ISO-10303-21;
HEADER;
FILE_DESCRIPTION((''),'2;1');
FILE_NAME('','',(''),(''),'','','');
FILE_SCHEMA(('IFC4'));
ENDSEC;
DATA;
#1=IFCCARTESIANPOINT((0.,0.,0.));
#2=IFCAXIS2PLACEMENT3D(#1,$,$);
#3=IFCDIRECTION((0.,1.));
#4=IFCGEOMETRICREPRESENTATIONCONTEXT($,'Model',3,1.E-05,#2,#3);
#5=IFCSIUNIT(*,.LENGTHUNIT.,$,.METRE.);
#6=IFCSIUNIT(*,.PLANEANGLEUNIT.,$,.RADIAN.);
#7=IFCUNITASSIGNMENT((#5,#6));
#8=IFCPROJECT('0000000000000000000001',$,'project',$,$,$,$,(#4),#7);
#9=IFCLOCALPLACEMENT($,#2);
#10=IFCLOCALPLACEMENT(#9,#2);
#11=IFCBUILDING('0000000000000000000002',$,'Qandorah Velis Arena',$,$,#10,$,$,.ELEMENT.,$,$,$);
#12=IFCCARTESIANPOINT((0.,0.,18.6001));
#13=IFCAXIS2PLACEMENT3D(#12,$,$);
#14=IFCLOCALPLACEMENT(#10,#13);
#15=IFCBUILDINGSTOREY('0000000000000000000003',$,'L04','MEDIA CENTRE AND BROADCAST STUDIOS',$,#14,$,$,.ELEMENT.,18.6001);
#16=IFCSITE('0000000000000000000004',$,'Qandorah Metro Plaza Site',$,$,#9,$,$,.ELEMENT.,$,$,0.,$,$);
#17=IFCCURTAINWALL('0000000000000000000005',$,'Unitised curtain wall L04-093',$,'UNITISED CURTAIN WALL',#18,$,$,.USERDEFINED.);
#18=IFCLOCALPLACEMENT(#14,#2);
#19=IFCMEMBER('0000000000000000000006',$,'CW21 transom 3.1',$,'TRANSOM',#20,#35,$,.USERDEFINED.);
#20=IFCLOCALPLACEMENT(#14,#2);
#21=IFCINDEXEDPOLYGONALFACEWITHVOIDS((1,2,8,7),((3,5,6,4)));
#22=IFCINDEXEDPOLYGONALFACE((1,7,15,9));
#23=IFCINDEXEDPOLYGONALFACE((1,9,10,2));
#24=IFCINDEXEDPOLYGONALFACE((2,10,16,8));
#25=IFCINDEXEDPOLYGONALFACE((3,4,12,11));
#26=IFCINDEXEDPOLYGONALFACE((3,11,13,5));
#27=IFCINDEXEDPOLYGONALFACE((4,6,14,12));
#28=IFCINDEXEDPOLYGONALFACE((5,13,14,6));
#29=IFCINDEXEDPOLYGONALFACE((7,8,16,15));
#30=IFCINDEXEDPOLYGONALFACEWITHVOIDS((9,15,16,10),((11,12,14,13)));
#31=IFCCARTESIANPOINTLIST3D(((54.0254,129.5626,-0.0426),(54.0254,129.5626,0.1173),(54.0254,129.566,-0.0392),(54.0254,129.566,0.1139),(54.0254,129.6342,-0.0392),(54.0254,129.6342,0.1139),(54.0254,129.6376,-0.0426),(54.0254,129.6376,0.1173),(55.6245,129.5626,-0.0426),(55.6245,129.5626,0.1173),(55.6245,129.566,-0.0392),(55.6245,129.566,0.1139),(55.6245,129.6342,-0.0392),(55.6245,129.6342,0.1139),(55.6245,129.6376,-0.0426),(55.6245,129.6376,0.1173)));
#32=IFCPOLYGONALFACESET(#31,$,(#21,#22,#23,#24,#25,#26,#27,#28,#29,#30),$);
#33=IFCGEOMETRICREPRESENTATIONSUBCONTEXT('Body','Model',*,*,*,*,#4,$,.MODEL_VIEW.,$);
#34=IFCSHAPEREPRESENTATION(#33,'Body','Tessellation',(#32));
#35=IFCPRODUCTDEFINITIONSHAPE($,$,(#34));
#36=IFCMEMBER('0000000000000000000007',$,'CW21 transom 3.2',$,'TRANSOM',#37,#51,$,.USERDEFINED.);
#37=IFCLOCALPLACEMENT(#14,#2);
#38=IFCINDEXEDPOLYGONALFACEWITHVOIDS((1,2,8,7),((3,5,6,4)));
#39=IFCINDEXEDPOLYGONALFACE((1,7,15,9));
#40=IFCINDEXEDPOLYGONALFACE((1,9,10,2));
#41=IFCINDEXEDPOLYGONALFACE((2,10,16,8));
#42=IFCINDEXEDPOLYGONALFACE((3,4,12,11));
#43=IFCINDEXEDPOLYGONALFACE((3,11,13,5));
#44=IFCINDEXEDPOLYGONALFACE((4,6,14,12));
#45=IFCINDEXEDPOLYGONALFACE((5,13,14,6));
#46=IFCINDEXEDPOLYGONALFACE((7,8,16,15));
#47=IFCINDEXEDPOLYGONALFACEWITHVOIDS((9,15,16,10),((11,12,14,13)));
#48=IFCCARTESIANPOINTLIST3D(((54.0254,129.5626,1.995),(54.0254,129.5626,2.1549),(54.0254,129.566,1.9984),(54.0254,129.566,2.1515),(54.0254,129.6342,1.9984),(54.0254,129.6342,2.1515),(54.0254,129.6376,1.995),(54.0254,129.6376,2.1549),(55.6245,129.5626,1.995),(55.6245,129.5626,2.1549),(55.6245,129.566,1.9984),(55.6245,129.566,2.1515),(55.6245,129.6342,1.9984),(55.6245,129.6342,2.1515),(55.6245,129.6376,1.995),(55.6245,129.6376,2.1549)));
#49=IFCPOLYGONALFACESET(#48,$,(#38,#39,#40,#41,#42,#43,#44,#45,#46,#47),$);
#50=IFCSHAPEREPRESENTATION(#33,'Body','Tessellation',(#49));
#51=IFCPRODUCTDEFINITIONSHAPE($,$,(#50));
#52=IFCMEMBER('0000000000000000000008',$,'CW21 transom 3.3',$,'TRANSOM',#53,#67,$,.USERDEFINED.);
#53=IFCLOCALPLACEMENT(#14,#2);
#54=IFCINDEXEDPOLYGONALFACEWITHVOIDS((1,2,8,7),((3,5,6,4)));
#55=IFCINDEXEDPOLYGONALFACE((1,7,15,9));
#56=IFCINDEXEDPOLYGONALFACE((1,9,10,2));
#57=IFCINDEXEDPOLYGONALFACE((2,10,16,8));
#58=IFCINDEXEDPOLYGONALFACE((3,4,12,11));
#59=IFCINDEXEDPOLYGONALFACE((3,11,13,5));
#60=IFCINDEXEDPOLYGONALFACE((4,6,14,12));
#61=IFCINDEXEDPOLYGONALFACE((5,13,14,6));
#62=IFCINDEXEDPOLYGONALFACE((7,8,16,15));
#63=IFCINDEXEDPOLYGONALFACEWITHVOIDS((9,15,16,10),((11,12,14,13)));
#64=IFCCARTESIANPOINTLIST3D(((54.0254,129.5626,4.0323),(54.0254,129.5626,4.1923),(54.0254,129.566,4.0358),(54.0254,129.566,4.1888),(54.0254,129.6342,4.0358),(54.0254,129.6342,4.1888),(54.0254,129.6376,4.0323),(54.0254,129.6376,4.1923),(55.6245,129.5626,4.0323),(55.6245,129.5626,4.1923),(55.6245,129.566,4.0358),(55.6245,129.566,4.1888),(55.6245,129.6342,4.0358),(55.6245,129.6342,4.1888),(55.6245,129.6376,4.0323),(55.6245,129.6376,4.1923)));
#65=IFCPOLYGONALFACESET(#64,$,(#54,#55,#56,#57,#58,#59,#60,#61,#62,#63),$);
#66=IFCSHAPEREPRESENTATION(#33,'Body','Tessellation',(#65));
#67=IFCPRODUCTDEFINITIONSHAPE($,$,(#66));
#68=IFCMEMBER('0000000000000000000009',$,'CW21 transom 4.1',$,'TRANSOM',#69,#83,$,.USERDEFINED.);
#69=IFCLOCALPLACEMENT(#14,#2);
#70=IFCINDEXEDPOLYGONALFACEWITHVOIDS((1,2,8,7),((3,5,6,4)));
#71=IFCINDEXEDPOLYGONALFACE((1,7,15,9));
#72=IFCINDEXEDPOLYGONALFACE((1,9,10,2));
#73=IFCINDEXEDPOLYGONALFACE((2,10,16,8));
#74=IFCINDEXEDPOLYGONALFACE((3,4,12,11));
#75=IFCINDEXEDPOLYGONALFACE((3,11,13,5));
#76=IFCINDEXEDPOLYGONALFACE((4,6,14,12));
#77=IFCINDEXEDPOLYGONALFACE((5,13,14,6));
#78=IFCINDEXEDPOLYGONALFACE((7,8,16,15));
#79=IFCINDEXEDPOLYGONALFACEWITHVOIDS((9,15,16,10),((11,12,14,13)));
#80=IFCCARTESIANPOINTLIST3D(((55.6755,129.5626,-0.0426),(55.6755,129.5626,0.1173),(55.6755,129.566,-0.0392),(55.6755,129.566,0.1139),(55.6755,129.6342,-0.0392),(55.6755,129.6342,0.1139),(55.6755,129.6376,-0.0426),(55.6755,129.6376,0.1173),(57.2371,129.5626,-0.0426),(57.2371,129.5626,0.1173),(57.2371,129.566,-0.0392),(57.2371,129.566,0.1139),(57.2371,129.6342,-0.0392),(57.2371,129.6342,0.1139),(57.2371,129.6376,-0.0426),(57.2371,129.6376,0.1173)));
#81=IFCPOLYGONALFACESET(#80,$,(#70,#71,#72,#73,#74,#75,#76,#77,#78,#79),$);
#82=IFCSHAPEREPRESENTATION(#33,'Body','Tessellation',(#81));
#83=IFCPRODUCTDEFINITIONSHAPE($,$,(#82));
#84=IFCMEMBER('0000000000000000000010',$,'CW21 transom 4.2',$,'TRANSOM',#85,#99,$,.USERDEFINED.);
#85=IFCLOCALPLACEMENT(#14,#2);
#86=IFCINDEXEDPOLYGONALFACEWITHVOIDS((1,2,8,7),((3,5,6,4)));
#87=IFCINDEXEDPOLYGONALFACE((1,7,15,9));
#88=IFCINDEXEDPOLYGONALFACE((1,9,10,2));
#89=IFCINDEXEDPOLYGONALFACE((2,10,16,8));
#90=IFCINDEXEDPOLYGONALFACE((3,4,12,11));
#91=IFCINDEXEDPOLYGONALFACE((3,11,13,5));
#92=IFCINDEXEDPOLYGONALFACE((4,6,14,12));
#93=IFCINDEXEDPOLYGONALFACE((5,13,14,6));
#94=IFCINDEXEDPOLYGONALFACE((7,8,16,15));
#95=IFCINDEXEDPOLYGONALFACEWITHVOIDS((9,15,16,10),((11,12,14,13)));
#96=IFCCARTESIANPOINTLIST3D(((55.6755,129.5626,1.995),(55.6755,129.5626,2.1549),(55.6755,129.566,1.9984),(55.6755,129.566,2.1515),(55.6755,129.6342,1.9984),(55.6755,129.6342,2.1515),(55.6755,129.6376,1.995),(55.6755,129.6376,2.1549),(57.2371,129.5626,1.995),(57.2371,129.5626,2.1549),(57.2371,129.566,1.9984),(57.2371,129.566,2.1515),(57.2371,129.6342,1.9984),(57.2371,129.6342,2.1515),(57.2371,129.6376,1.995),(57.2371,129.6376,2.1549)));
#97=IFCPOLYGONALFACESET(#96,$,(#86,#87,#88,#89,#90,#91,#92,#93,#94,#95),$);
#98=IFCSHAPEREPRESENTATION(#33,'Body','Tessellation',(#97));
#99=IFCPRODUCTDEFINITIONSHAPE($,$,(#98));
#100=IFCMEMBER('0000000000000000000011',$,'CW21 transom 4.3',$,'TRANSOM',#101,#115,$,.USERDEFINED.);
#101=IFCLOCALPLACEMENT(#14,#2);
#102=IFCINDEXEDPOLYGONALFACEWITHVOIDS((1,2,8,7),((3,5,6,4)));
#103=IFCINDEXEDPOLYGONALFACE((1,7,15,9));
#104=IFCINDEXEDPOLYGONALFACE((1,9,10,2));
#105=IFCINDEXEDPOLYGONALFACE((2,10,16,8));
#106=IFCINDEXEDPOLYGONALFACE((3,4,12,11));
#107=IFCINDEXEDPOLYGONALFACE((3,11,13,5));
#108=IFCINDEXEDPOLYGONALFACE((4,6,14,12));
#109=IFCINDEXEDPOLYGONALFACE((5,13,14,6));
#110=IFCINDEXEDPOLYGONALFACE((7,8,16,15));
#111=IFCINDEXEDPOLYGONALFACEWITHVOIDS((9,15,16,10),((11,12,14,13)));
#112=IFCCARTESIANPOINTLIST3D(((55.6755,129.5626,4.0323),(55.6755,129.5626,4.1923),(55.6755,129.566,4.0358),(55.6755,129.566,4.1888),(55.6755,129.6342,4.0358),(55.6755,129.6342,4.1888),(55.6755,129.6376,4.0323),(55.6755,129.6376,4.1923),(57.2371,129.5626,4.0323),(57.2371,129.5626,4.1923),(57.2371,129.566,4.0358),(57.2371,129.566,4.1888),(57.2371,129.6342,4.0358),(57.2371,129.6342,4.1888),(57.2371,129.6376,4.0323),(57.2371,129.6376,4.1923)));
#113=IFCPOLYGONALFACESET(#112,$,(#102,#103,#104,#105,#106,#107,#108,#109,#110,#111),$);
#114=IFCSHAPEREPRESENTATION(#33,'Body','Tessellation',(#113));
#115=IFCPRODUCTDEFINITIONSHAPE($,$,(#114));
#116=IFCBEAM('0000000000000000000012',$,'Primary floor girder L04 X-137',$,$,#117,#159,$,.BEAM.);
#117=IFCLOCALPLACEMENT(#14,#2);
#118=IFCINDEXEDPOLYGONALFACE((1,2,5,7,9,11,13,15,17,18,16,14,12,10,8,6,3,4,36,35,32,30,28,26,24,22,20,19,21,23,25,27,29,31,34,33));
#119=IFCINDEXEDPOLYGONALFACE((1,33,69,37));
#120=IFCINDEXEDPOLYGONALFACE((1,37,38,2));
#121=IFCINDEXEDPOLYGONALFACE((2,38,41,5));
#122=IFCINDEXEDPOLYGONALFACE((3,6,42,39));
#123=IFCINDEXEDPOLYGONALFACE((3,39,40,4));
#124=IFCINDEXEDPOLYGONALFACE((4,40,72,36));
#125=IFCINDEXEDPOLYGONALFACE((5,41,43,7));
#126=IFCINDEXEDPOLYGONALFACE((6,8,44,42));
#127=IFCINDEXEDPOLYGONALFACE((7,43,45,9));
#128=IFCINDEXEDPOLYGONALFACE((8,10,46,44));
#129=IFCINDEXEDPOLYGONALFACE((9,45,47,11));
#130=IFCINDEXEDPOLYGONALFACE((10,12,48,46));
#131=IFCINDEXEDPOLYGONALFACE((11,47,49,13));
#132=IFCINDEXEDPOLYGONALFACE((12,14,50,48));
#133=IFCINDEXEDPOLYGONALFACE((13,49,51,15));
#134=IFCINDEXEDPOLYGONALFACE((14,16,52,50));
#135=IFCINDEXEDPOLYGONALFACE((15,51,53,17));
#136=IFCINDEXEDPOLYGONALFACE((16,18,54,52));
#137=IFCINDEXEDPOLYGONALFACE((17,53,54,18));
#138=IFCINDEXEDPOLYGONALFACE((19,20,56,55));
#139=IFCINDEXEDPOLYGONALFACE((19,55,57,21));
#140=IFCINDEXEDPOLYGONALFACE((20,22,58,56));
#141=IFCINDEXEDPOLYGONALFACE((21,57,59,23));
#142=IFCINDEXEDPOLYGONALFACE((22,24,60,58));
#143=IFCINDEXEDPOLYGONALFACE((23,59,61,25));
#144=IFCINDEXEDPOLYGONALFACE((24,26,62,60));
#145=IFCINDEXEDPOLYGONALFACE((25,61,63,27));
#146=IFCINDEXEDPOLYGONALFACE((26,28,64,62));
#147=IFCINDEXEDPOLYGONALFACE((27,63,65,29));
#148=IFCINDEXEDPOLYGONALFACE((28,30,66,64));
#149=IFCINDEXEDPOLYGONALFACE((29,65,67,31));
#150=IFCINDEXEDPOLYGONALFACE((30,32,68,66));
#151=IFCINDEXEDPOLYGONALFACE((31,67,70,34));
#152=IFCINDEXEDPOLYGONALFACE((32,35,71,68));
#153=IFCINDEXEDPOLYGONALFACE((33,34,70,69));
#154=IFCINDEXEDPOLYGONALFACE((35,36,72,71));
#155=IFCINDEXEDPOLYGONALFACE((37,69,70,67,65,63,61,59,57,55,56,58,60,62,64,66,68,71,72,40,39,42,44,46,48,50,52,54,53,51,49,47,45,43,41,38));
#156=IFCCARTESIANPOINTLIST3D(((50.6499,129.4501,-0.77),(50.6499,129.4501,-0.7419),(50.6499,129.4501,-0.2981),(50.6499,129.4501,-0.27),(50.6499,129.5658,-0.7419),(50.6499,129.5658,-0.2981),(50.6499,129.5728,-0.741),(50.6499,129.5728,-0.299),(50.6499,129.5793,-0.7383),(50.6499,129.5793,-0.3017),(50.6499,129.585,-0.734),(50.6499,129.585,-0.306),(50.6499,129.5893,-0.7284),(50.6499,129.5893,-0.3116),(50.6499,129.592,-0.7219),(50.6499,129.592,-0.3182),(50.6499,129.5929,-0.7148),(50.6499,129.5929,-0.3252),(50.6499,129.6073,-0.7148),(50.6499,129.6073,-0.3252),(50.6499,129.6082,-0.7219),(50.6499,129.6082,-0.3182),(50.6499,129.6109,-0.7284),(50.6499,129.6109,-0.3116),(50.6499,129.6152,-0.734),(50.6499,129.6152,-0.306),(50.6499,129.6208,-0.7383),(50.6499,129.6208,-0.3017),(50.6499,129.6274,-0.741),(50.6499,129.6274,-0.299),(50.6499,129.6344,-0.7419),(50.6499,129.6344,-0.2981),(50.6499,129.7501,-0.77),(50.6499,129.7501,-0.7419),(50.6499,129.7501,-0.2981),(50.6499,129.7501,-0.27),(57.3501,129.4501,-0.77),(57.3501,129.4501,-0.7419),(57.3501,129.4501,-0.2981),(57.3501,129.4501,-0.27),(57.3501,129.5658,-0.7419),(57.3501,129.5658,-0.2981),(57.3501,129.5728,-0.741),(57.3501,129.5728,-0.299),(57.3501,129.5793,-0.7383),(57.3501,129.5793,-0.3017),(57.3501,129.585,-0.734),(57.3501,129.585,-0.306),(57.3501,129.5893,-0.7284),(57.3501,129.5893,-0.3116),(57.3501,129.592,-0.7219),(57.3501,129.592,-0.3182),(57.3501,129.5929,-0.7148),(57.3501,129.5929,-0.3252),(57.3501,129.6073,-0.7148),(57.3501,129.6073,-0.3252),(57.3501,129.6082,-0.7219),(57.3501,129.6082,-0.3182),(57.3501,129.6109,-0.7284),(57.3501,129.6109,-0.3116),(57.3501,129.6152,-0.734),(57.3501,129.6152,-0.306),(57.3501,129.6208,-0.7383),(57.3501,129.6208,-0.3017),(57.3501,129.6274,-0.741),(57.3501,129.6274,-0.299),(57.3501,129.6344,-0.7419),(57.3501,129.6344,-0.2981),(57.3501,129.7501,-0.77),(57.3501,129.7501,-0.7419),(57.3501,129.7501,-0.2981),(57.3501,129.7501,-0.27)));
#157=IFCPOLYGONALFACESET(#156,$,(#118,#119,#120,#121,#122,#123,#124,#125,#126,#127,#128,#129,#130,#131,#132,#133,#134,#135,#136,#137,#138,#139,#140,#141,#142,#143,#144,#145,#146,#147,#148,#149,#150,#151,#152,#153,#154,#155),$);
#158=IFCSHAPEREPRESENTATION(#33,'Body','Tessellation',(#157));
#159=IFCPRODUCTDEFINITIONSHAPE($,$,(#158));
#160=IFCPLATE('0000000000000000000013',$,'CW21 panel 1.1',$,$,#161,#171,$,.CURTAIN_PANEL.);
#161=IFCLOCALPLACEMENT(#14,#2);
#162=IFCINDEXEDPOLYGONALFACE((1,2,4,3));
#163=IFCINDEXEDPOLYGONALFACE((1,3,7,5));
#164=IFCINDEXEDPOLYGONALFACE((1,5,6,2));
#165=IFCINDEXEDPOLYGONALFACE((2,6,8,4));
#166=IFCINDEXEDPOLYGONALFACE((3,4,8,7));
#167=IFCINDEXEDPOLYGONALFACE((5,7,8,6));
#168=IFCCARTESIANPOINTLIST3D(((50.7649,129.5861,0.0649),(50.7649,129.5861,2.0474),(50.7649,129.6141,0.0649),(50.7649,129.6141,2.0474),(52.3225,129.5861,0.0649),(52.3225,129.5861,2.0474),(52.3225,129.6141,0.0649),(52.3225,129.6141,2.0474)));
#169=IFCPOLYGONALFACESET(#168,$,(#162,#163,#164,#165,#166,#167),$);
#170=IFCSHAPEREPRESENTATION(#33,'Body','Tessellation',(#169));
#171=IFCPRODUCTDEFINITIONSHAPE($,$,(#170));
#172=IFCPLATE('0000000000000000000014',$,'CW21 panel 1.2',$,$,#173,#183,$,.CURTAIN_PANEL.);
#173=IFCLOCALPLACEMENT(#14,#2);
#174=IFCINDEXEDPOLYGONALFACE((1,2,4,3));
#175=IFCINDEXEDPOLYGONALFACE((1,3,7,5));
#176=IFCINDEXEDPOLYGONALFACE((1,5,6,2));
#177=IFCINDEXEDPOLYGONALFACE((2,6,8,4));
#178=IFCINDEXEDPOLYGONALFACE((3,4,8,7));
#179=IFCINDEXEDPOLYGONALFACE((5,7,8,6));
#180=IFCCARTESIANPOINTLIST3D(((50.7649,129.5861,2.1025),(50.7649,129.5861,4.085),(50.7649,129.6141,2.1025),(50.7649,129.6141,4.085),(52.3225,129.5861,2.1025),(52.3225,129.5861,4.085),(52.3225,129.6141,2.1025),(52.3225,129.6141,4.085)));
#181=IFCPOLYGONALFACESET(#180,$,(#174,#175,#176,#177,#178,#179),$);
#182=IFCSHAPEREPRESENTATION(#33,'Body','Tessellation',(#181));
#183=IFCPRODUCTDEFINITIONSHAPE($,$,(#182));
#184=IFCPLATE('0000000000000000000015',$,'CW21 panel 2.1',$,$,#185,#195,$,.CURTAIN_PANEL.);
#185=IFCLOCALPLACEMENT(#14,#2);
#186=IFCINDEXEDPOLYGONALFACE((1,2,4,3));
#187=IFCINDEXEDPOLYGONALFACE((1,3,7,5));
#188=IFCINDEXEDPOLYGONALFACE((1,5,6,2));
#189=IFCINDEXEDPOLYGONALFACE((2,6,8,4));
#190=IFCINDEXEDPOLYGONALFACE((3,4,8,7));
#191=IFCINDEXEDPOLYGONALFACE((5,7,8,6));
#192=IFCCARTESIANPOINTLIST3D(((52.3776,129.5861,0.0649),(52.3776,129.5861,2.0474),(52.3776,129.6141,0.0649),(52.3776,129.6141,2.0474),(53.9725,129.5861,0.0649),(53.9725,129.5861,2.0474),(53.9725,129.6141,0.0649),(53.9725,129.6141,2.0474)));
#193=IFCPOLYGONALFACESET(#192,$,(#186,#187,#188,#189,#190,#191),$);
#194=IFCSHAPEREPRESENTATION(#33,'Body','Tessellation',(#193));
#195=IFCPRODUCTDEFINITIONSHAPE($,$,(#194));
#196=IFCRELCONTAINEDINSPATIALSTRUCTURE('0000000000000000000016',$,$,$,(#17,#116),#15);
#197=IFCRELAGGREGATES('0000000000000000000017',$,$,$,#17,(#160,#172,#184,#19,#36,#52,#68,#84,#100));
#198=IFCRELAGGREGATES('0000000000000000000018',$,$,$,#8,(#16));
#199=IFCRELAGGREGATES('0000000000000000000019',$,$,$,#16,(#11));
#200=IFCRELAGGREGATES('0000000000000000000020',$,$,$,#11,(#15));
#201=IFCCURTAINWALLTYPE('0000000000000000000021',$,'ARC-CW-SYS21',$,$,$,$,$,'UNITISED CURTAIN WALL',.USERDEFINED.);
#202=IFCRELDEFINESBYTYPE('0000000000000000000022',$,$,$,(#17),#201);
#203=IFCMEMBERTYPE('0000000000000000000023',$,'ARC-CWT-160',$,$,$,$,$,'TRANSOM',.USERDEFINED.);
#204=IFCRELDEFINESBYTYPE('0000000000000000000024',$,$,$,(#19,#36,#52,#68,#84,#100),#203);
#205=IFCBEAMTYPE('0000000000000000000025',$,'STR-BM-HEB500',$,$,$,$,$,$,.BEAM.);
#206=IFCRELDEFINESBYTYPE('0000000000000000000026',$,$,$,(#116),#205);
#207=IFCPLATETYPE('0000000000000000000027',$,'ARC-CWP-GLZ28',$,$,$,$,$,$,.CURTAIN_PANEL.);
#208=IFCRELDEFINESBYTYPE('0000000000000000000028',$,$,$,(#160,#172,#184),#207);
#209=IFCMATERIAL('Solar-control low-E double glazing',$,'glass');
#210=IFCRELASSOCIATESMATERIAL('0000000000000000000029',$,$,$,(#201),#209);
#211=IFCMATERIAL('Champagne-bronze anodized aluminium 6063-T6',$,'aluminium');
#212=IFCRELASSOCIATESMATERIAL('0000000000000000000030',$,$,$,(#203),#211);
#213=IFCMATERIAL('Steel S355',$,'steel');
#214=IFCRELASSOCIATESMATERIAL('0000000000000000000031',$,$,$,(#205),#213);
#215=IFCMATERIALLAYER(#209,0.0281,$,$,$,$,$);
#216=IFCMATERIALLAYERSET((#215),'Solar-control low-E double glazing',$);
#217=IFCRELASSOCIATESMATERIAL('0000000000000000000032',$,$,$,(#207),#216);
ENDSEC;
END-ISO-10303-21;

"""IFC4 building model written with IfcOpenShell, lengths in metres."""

from ifc_helpers import new_model, si_unit, direction, frame, origin, origin_2d, place, context, subcontext, project, spatial, rectangle, hollow_rectangle, i_section, extrude, material, layer, layer_set, material_profile, profile_set, type_object, element, aggregate, save


model = new_model("IFC4")

# Units and contexts
model_context = context("Model", 3, precision=1e-05, world=origin(), true_north=direction((0.0, 1.0)))
body_context = subcontext(model_context, "Body", "Model", "MODEL_VIEW")
ifc_project = project(units=[si_unit("LENGTHUNIT", "METRE"), si_unit("PLANEANGLEUNIT", "RADIAN")], contexts=[model_context])

# Site, building, storey
site_placement = place(None, origin())
site = spatial("IfcSite", under=ifc_project, at=site_placement, Name="Qandorah Metro Plaza Site", CompositionType="ELEMENT", RefElevation=0.0)
building_placement = place(site_placement, origin())
building = spatial("IfcBuilding", under=site, at=building_placement, Name="Qandorah Velis Arena", CompositionType="ELEMENT")
storey_placement = place(building_placement, frame((0.0, 0.0, 18.6001)))
storey = spatial("IfcBuildingStorey", under=building, at=storey_placement, Name="L04", Description="MEDIA CENTRE AND BROADCAST STUDIOS", CompositionType="ELEMENT", Elevation=18.6001)

# Curtain wall, members
ifc_material_1 = material(Name="Solar-control low-E double glazing", Category="glass")
curtain_wall_type = type_object("IfcCurtainWallType", Name="ARC-CW-SYS21", ElementType="UNITISED CURTAIN WALL", PredefinedType="USERDEFINED", material=ifc_material_1)
curtain_wall_placement = place(storey_placement, origin())
curtain_wall = element("IfcCurtainWall", 1, at=curtain_wall_placement, inside=storey, type_object=curtain_wall_type, Name="Unitised curtain wall L04-093", ObjectType="UNITISED CURTAIN WALL", PredefinedType="USERDEFINED")
ifc_material_2 = material(Name="Champagne-bronze anodized aluminium 6063-T6", Category="aluminium")
ifc_material_profile_1 = material_profile(ifc_material_2, hollow_rectangle(XDim=0.075, YDim=0.1599, WallThickness=0.0034, at=origin_2d()), Name="ALU TRANSOM 75x160")
ifc_profile_set_1 = profile_set([ifc_material_profile_1], Name="Champagne-bronze anodized aluminium 6063-T6")
member_type_1 = type_object("IfcMemberType", Name="ARC-CWT-160", ElementType="TRANSOM", PredefinedType="USERDEFINED", material=ifc_profile_set_1)
member_1_placement = place(storey_placement, frame((54.0254, 129.6001, 0.0374), z_axis=(1.0, 0.0, 0.0), x_axis=(0.0, 1.0, 0.0)))
member_1 = element("IfcMember", 2, at=member_1_placement, type_object=member_type_1, Name="CW21 transom 3.1", ObjectType="TRANSOM", PredefinedType="USERDEFINED", context=body_context, shape_type="SweptSolid", body=[
    extrude(hollow_rectangle(XDim=0.075, YDim=0.1599, WallThickness=0.0034, at=origin_2d()), origin(), (0.0, 0.0, 1.0), 1.5991),
])
member_2_placement = place(storey_placement, frame((54.0254, 129.6001, 2.075), z_axis=(1.0, 0.0, 0.0), x_axis=(0.0, 1.0, 0.0)))
member_2 = element("IfcMember", 3, at=member_2_placement, type_object=member_type_1, Name="CW21 transom 3.2", ObjectType="TRANSOM", PredefinedType="USERDEFINED", context=body_context, shape_type="SweptSolid", body=[
    extrude(hollow_rectangle(XDim=0.075, YDim=0.1599, WallThickness=0.0034, at=origin_2d()), origin(), (0.0, 0.0, 1.0), 1.5991),
])
member_3_placement = place(storey_placement, frame((54.0254, 129.6001, 4.1123), z_axis=(1.0, 0.0, 0.0), x_axis=(0.0, 1.0, 0.0)))
member_3 = element("IfcMember", 4, at=member_3_placement, type_object=member_type_1, Name="CW21 transom 3.3", ObjectType="TRANSOM", PredefinedType="USERDEFINED", context=body_context, shape_type="SweptSolid", body=[
    extrude(hollow_rectangle(XDim=0.075, YDim=0.1599, WallThickness=0.0034, at=origin_2d()), origin(), (0.0, 0.0, 1.0), 1.5991),
])
member_4_placement = place(storey_placement, frame((55.6755, 129.6001, 0.0374), z_axis=(1.0, 0.0, 0.0), x_axis=(0.0, 1.0, 0.0)))
member_4 = element("IfcMember", 5, at=member_4_placement, type_object=member_type_1, Name="CW21 transom 4.1", ObjectType="TRANSOM", PredefinedType="USERDEFINED", context=body_context, shape_type="SweptSolid", body=[
    extrude(hollow_rectangle(XDim=0.075, YDim=0.1599, WallThickness=0.0034, at=origin_2d()), origin(), (0.0, 0.0, 1.0), 1.5615),
])
member_5_placement = place(storey_placement, frame((55.6755, 129.6001, 2.075), z_axis=(1.0, 0.0, 0.0), x_axis=(0.0, 1.0, 0.0)))
member_5 = element("IfcMember", 6, at=member_5_placement, type_object=member_type_1, Name="CW21 transom 4.2", ObjectType="TRANSOM", PredefinedType="USERDEFINED", context=body_context, shape_type="SweptSolid", body=[
    extrude(hollow_rectangle(XDim=0.075, YDim=0.1599, WallThickness=0.0034, at=origin_2d()), origin(), (0.0, 0.0, 1.0), 1.5615),
])
member_6_placement = place(storey_placement, frame((55.6755, 129.6001, 4.1123), z_axis=(1.0, 0.0, 0.0), x_axis=(0.0, 1.0, 0.0)))
member_6 = element("IfcMember", 7, at=member_6_placement, type_object=member_type_1, Name="CW21 transom 4.3", ObjectType="TRANSOM", PredefinedType="USERDEFINED", context=body_context, shape_type="SweptSolid", body=[
    extrude(hollow_rectangle(XDim=0.075, YDim=0.1599, WallThickness=0.0034, at=origin_2d()), origin(), (0.0, 0.0, 1.0), 1.5615),
])

# Beam
ifc_material_3 = material(Name="Steel S355", Category="steel")
ifc_material_profile_2 = material_profile(ifc_material_3, i_section(OverallWidth=0.3, OverallDepth=0.5, WebThickness=0.0144, FlangeThickness=0.0281, FilletRadius=0.0271, at=origin_2d()), Name="HEB 500")
ifc_profile_set_2 = profile_set([ifc_material_profile_2], Name="Steel S355")
beam_type = type_object("IfcBeamType", Name="STR-BM-HEB500", PredefinedType="BEAM", material=ifc_profile_set_2)
beam_placement = place(storey_placement, frame((50.6499, 129.6001, -0.52), z_axis=(1.0, 0.0, 0.0), x_axis=(0.0, 1.0, 0.0)))
element("IfcBeam", 8, at=beam_placement, inside=storey, type_object=beam_type, Name="Primary floor girder L04 X-137", PredefinedType="BEAM", context=body_context, shape_type="SweptSolid", body=[
    extrude(i_section(OverallWidth=0.3, OverallDepth=0.5, WebThickness=0.0144, FlangeThickness=0.0281, FilletRadius=0.0271, at=origin_2d()), origin(), (0.0, 0.0, 1.0), 6.7002),
])

# Plates
ifc_layer = layer(ifc_material_1, 0.0281)
ifc_layer_set = layer_set([ifc_layer], Name="Solar-control low-E double glazing")
plate_type = type_object("IfcPlateType", Name="ARC-CWP-GLZ28", PredefinedType="CURTAIN_PANEL", material=ifc_layer_set)
plate_1_placement = place(storey_placement, frame((51.5437, 129.6001, 0.0649), z_axis=(0.0, 0.0, 1.0), x_axis=(1.0, 0.0, 0.0)))
plate_1 = element("IfcPlate", 9, at=plate_1_placement, type_object=plate_type, Name="CW21 panel 1.1", PredefinedType="CURTAIN_PANEL", context=body_context, shape_type="SweptSolid", body=[
    extrude(rectangle(XDim=1.5576, YDim=0.0281, at=origin_2d()), origin(), (0.0, 0.0, 1.0), 1.9824),
])
plate_2_placement = place(storey_placement, frame((51.5437, 129.6001, 2.1025), z_axis=(0.0, 0.0, 1.0), x_axis=(1.0, 0.0, 0.0)))
plate_2 = element("IfcPlate", 10, at=plate_2_placement, type_object=plate_type, Name="CW21 panel 1.2", PredefinedType="CURTAIN_PANEL", context=body_context, shape_type="SweptSolid", body=[
    extrude(rectangle(XDim=1.5576, YDim=0.0281, at=origin_2d()), origin(), (0.0, 0.0, 1.0), 1.9824),
])
plate_3_placement = place(storey_placement, frame((53.175, 129.6001, 0.0649), z_axis=(0.0, 0.0, 1.0), x_axis=(1.0, 0.0, 0.0)))
plate_3 = element("IfcPlate", 11, at=plate_3_placement, type_object=plate_type, Name="CW21 panel 2.1", PredefinedType="CURTAIN_PANEL", context=body_context, shape_type="SweptSolid", body=[
    extrude(rectangle(XDim=1.595, YDim=0.0281, at=origin_2d()), origin(), (0.0, 0.0, 1.0), 1.9824),
])
aggregate(curtain_wall, [plate_1, plate_2, plate_3, member_1, member_2, member_3, member_4, member_5, member_6])

save(model, "model.ifc")
